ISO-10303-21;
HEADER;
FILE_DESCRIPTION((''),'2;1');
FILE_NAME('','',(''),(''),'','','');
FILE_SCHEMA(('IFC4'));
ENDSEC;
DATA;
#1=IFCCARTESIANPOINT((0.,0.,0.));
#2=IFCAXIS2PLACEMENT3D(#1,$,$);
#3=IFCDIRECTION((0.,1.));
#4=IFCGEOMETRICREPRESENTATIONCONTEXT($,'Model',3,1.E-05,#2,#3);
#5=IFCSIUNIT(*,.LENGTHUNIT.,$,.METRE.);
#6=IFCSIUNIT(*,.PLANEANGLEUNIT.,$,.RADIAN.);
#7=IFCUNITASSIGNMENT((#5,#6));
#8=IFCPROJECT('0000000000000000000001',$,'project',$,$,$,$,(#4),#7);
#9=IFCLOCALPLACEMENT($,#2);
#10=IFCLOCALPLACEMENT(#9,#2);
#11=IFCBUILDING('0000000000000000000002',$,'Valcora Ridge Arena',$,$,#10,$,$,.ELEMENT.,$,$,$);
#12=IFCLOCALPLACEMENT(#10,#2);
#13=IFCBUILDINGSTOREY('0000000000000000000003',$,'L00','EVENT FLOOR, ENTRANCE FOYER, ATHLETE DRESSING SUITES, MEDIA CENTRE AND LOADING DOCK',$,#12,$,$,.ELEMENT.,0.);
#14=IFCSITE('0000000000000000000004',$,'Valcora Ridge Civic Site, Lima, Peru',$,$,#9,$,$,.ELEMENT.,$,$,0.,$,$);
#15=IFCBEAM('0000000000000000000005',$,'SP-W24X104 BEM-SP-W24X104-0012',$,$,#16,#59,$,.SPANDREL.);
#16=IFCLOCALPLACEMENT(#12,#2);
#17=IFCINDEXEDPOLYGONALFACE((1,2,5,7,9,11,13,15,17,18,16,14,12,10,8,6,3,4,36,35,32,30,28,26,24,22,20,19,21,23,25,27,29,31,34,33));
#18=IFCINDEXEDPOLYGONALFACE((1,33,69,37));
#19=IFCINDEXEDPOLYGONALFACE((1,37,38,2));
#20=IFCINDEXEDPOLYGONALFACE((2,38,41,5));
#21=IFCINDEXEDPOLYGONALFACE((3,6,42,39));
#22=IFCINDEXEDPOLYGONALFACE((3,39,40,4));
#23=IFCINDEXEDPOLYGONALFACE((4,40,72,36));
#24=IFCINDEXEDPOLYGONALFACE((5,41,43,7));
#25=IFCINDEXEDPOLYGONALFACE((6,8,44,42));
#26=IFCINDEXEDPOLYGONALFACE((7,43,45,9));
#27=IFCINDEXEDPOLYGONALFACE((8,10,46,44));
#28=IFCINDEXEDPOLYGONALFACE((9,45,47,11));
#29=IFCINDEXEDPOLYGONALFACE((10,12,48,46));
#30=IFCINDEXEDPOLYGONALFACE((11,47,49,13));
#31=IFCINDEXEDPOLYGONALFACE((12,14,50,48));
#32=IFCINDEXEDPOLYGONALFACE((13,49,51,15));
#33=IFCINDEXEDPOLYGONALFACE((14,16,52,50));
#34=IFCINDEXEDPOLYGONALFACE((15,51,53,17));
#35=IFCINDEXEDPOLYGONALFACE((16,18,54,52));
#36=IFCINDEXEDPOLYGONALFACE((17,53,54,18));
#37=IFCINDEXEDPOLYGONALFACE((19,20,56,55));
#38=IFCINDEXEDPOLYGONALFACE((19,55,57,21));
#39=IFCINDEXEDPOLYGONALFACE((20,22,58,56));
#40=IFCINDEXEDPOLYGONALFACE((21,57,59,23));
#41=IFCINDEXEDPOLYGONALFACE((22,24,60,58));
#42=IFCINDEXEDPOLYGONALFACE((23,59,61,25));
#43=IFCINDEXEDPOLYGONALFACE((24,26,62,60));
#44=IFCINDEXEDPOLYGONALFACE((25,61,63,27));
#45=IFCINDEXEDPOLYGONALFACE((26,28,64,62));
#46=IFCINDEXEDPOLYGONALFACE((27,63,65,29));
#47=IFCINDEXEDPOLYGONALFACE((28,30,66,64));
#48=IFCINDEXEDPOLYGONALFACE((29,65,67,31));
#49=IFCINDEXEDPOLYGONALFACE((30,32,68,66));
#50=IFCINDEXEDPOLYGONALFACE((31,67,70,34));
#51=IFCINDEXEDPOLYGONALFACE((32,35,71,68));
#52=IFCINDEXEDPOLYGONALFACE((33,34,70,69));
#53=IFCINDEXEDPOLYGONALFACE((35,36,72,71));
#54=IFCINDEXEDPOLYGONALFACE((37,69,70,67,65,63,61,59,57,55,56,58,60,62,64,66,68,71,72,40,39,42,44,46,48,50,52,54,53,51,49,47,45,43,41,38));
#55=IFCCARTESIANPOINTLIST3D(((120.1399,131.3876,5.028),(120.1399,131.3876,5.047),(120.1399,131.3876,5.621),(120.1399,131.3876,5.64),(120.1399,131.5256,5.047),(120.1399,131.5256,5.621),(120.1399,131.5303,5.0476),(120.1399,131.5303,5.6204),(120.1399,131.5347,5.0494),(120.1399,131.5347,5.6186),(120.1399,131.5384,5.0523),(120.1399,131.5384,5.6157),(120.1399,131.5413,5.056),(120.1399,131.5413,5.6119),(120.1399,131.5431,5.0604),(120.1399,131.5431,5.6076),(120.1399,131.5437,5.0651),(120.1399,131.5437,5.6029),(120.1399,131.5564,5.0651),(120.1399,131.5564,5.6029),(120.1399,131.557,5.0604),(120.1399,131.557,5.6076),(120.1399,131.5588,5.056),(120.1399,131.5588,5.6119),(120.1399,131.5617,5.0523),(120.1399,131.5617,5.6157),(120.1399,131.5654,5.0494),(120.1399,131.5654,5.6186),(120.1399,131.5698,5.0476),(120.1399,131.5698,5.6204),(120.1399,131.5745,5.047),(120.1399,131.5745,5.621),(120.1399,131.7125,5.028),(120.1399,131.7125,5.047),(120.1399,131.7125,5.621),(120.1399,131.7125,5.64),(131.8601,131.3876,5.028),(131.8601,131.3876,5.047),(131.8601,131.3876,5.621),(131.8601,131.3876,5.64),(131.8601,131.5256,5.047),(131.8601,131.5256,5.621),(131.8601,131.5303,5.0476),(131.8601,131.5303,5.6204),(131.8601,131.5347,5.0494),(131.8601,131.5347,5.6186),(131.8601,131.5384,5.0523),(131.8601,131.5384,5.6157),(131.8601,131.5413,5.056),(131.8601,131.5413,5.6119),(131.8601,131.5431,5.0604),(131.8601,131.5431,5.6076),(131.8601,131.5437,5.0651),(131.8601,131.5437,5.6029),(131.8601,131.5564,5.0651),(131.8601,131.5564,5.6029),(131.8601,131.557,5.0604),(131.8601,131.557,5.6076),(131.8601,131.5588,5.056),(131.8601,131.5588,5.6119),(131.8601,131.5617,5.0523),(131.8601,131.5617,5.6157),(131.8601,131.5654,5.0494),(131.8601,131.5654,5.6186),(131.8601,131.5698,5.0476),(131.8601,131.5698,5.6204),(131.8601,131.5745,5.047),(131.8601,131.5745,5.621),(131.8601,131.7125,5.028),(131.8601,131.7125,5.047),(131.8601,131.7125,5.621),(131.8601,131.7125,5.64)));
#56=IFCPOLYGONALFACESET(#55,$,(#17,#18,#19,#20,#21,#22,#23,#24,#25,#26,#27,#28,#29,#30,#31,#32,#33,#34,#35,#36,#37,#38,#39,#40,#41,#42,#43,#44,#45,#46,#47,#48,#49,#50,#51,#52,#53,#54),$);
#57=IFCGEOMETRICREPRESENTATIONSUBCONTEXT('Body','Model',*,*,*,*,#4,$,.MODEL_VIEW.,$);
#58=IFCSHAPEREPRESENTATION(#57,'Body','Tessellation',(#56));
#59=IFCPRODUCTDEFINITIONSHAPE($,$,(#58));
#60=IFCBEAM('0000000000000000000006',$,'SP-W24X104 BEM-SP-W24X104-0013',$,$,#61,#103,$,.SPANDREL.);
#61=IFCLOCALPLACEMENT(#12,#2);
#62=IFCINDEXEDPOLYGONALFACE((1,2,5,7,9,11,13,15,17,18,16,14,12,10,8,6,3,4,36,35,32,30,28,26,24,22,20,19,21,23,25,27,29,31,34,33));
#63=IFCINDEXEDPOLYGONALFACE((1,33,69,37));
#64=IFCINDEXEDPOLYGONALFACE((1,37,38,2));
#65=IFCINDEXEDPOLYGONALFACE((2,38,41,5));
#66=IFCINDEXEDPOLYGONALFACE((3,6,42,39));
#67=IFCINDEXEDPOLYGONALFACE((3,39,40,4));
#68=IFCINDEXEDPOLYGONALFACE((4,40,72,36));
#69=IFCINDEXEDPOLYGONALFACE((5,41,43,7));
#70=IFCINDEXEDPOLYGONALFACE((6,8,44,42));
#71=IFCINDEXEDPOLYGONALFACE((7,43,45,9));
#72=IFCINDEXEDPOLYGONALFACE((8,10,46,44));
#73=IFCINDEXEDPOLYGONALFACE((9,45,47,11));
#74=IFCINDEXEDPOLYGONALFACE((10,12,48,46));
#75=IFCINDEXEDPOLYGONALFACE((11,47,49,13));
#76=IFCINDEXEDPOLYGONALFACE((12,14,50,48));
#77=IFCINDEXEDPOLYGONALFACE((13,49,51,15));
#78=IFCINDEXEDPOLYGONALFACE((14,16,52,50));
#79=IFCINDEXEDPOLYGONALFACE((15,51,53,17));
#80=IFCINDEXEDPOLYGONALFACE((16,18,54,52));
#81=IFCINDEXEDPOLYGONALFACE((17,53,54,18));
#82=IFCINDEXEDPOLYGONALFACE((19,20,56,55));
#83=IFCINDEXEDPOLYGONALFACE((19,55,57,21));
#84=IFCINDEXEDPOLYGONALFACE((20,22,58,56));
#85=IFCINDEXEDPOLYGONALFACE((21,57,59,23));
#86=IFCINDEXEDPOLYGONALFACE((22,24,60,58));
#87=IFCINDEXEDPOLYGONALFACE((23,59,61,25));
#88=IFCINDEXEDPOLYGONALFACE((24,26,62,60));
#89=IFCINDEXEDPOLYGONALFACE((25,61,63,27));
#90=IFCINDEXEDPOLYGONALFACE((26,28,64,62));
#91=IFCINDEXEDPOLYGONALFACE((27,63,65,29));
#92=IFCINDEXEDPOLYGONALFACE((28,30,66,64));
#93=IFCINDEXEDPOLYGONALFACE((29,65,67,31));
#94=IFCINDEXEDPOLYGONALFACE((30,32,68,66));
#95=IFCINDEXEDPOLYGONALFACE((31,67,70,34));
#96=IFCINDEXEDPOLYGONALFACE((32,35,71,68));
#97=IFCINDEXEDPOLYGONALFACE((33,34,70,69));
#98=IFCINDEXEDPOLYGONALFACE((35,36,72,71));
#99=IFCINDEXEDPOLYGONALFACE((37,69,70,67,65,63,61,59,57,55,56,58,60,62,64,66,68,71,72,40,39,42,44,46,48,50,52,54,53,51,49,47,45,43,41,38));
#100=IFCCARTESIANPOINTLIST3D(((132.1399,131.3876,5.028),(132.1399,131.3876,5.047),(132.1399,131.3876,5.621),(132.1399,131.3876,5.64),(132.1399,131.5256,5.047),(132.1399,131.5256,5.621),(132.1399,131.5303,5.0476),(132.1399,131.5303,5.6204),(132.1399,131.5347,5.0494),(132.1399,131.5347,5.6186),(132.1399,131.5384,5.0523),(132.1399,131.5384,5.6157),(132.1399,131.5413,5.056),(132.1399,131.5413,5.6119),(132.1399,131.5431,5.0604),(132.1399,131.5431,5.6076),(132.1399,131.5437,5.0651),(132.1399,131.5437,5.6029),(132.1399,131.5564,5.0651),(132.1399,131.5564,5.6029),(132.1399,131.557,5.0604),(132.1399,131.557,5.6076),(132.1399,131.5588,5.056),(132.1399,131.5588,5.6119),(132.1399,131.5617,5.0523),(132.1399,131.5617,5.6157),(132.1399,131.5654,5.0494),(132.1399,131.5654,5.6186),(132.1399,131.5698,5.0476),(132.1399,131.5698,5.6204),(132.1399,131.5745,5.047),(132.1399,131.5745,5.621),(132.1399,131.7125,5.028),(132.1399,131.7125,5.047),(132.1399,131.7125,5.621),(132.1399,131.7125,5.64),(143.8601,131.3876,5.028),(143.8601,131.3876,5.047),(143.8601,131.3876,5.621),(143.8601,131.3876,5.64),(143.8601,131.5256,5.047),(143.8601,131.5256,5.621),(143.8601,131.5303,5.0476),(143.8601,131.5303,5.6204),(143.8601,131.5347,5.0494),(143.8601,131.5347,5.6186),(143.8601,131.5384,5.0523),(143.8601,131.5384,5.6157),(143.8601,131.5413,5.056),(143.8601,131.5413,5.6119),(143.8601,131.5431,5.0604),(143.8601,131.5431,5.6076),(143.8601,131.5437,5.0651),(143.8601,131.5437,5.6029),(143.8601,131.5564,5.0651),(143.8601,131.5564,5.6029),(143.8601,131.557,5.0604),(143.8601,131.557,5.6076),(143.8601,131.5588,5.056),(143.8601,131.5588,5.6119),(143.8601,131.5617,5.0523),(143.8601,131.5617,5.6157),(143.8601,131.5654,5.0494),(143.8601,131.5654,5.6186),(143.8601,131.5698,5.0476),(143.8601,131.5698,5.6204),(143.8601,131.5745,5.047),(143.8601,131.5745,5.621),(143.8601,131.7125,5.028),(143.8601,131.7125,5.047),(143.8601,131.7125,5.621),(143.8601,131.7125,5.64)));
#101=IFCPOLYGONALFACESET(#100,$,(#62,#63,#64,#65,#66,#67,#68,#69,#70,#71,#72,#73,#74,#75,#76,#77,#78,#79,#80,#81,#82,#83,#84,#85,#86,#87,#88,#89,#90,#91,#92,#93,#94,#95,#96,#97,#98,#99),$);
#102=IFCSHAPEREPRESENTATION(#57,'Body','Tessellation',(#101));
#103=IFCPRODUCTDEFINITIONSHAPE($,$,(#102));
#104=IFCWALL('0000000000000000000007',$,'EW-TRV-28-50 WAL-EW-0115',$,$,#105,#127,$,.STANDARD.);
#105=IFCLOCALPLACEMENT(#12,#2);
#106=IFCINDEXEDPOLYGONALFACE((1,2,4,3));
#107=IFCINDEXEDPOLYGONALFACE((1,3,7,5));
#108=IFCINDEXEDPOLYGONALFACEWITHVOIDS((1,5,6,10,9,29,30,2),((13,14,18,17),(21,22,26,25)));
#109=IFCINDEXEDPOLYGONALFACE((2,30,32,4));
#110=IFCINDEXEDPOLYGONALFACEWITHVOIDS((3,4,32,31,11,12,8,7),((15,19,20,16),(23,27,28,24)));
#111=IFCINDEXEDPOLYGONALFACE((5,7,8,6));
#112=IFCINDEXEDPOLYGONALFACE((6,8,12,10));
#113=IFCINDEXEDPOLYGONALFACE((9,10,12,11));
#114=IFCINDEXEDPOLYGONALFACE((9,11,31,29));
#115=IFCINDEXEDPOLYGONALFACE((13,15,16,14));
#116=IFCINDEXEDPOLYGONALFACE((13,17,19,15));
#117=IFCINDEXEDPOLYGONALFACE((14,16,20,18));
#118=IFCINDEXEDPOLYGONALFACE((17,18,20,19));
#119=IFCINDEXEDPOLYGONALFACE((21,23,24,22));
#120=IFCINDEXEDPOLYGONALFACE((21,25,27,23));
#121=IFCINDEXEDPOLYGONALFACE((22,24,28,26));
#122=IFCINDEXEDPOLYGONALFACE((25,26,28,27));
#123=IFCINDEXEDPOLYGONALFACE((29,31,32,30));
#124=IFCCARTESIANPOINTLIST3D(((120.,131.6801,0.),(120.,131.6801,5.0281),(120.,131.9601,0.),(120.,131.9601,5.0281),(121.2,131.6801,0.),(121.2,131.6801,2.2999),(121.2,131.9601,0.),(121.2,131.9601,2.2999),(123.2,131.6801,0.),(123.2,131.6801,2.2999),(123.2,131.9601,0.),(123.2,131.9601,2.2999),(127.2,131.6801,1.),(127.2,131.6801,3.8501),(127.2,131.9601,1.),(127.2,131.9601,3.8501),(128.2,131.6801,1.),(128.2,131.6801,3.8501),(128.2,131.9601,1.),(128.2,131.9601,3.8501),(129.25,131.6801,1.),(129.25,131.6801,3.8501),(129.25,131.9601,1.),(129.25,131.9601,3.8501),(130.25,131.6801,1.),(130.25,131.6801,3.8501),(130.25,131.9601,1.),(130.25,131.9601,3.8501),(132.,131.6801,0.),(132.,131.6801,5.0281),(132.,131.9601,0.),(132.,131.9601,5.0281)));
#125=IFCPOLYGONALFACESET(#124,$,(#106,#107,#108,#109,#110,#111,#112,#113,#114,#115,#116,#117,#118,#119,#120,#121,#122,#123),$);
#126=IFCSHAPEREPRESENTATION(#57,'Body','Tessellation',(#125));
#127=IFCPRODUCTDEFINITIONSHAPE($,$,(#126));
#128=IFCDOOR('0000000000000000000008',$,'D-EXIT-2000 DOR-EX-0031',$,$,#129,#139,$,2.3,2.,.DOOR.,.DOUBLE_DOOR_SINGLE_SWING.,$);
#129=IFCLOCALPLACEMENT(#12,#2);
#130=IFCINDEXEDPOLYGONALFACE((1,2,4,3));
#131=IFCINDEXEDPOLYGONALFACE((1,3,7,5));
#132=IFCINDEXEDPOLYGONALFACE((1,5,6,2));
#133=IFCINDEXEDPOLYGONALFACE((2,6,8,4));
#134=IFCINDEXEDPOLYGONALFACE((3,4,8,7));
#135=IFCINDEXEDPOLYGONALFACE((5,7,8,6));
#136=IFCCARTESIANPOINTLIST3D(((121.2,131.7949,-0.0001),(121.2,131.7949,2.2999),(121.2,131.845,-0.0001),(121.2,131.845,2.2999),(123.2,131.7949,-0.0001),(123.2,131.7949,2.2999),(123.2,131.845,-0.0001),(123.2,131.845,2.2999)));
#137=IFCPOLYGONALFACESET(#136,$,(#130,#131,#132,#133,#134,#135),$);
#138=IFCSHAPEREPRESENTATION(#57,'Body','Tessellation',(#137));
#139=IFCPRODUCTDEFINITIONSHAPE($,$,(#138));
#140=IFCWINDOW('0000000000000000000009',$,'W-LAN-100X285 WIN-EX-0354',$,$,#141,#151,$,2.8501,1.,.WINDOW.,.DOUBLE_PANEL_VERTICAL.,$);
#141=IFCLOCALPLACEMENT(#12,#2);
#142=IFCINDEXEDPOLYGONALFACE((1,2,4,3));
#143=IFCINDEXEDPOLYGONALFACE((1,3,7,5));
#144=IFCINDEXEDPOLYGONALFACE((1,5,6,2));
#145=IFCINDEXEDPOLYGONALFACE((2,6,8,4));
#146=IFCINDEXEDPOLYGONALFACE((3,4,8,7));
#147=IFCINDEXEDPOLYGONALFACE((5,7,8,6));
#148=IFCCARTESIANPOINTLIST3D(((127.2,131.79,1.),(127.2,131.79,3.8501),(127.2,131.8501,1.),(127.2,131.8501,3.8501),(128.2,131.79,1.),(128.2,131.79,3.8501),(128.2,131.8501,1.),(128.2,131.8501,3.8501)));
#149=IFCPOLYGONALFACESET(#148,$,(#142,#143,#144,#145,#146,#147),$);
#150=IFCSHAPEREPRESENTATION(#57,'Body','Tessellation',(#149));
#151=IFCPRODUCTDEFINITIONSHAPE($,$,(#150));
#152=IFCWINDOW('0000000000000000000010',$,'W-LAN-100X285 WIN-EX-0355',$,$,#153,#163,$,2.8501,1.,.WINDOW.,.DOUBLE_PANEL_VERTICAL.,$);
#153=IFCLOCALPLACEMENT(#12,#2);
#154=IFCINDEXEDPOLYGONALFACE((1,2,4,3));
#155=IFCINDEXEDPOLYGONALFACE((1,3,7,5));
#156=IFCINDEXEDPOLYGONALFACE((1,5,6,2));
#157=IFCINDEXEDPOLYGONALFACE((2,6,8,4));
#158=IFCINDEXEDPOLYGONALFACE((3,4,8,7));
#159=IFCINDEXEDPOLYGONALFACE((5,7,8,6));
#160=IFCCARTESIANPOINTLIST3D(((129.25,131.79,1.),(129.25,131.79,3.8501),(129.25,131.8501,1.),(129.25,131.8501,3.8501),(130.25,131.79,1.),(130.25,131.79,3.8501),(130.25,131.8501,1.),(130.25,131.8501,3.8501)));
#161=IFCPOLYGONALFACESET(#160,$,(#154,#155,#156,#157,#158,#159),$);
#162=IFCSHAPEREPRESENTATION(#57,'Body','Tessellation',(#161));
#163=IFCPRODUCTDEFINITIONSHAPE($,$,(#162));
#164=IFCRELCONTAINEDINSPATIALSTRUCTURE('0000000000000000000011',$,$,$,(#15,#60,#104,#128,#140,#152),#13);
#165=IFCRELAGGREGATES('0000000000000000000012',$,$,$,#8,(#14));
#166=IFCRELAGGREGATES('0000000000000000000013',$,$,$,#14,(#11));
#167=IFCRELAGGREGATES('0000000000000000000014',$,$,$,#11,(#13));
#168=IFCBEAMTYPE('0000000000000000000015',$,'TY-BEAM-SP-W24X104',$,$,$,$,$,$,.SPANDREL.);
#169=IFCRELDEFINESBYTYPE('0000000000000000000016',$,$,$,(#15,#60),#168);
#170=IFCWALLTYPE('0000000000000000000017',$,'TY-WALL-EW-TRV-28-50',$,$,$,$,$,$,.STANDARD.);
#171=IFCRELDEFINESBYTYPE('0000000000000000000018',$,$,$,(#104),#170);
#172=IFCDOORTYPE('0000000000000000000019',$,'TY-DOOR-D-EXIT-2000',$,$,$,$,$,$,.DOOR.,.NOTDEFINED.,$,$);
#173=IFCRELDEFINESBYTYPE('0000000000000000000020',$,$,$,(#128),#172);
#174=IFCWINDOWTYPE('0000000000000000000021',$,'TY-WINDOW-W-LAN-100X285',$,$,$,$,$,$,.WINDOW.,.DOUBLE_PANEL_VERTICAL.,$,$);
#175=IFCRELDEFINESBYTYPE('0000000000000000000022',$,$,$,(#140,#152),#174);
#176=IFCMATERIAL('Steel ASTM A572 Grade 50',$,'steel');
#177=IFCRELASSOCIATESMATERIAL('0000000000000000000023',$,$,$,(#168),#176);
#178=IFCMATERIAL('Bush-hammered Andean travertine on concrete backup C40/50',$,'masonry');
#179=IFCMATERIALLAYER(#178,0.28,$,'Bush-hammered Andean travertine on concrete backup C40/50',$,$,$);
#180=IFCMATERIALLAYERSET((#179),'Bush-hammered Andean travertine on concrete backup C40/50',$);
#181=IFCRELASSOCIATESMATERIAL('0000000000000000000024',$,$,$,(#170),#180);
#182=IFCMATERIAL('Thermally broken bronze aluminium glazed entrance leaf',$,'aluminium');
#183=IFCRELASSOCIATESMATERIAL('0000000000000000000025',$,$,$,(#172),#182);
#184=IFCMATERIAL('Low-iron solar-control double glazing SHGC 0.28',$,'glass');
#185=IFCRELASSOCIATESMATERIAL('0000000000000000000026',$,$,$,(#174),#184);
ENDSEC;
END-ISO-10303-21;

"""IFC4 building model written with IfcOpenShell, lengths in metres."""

from ifc_helpers import new_model, si_unit, direction, frame, frame_2d, origin, origin_2d, place, context, subcontext, project, spatial, rectangle, i_section, extrude, material, layer, layer_set, material_profile, profile_set, type_object, element, fill, save


model = new_model("IFC4")

# Units and contexts
model_context = context("Model", 3, precision=1e-05, world=origin(), true_north=direction((0.0, 1.0)))
body_context = subcontext(model_context, "Body", "Model", "MODEL_VIEW")
ifc_project = project(units=[si_unit("LENGTHUNIT", "METRE"), si_unit("PLANEANGLEUNIT", "RADIAN")], contexts=[model_context])

# Site, building, storey
site_placement = place(None, origin())
site = spatial("IfcSite", under=ifc_project, at=site_placement, Name="Valcora Ridge Civic Site, Lima, Peru", CompositionType="ELEMENT", RefElevation=0.0)
building_placement = place(site_placement, origin())
building = spatial("IfcBuilding", under=site, at=building_placement, Name="Valcora Ridge Arena", CompositionType="ELEMENT")
storey_placement = place(building_placement, origin())
storey = spatial("IfcBuildingStorey", under=building, at=storey_placement, Name="L00", Description="EVENT FLOOR, ENTRANCE FOYER, ATHLETE DRESSING SUITES, MEDIA CENTRE AND LOADING DOCK", CompositionType="ELEMENT", Elevation=0.0)

# Beams
ifc_material_1 = material(Name="Steel ASTM A572 Grade 50", Category="steel")
ifc_material_profile_1 = material_profile(ifc_material_1, i_section(OverallWidth=0.325, OverallDepth=0.6121, WebThickness=0.0127, FlangeThickness=0.019, FilletRadius=0.0181, at=origin_2d()), Name="W24X104")
ifc_profile_set_1 = profile_set([ifc_material_profile_1], Name="Steel ASTM A572 Grade 50")
beam_type_1 = type_object("IfcBeamType", Name="TY-BEAM-SP-W24X104", PredefinedType="SPANDREL", material=ifc_profile_set_1)
for number, where, z_axis, x_axis, name in (
    (1, (120.1399, 131.55, 5.334), (1.0, 0.0, 0.0), (0.0, 1.0, 0.0), "SP-W24X104 BEM-SP-W24X104-0012"),
    (2, (132.1399, 131.55, 5.334), (1.0, 0.0, 0.0), (0.0, 1.0, 0.0), "SP-W24X104 BEM-SP-W24X104-0013"),
):
    element("IfcBeam", number, at=place(storey_placement, frame(where, z_axis=z_axis, x_axis=x_axis)), inside=storey, type_object=beam_type_1, Name=name, PredefinedType="SPANDREL", context=body_context, shape_type="SweptSolid", body=[
        extrude(i_section(OverallWidth=0.325, OverallDepth=0.6121, WebThickness=0.0127, FlangeThickness=0.019, FilletRadius=0.0181, at=origin_2d()), origin(), (0.0, 0.0, 1.0), 11.7202),
    ])

# Wall, openings, door, windows
ifc_material_2 = material(Name="Bush-hammered Andean travertine on concrete backup C40/50", Category="masonry")
ifc_layer_1 = layer(ifc_material_2, 0.28, Name="Bush-hammered Andean travertine on concrete backup C40/50")
ifc_layer_set_1 = layer_set([ifc_layer_1], Name="Bush-hammered Andean travertine on concrete backup C40/50")
wall_type = type_object("IfcWallType", Name="TY-WALL-EW-TRV-28-50", PredefinedType="STANDARD", material=ifc_layer_set_1)
wall_1_placement = place(storey_placement, frame((120.0, 131.8201, 0.0), z_axis=(0.0, 0.0, 1.0), x_axis=(1.0, 0.0, 0.0)))
wall_1 = element("IfcWall", 3, at=wall_1_placement, inside=storey, type_object=wall_type, Name="EW-TRV-28-50 WAL-EW-0115", PredefinedType="STANDARD", context=body_context, shape_type="SweptSolid", body=[
    extrude(rectangle(XDim=12.0, YDim=0.28, at=frame_2d((6.0, 0.0))), origin(), (0.0, 0.0, 1.0), 5.0281),
])
opening_1_placement = place(wall_1_placement, frame((1.2, 0.0, 0.0)))
opening_1 = element("IfcOpeningElement", 4, at=opening_1_placement, cuts=wall_1, PredefinedType="OPENING", context=body_context, shape_type="SweptSolid", body=[
    extrude(rectangle(XDim=2.0, YDim=2.3, at=frame_2d((1.0, 1.1499))), frame((0.0, 0.1499, 0.0), z_axis=(0.0, -1.0, 0.0), x_axis=(1.0, 0.0, 0.0)), (0.0, 0.0, 1.0), 0.3),
])
opening_2_placement = place(wall_1_placement, frame((7.2, 0.0, 1.0)))
opening_2 = element("IfcOpeningElement", 5, at=opening_2_placement, cuts=wall_1, PredefinedType="OPENING", context=body_context, shape_type="SweptSolid", body=[
    extrude(rectangle(XDim=1.0, YDim=2.8501, at=frame_2d((0.5, 1.425))), frame((0.0, 0.1499, 0.0), z_axis=(0.0, -1.0, 0.0), x_axis=(1.0, 0.0, 0.0)), (0.0, 0.0, 1.0), 0.3),
])
opening_3_placement = place(wall_1_placement, frame((9.25, 0.0, 1.0)))
opening_3 = element("IfcOpeningElement", 6, at=opening_3_placement, cuts=wall_1, PredefinedType="OPENING", context=body_context, shape_type="SweptSolid", body=[
    extrude(rectangle(XDim=1.0, YDim=2.8501, at=frame_2d((0.5, 1.425))), frame((0.0, 0.1499, 0.0), z_axis=(0.0, -1.0, 0.0), x_axis=(1.0, 0.0, 0.0)), (0.0, 0.0, 1.0), 0.3),
])
ifc_material_3 = material(Name="Thermally broken bronze aluminium glazed entrance leaf", Category="aluminium")
door_type = type_object("IfcDoorType", Name="TY-DOOR-D-EXIT-2000", OperationType="NOTDEFINED", PredefinedType="DOOR", material=ifc_material_3)
door_1_placement = place(opening_1_placement, origin())
door_1 = element("IfcDoor", 7, at=door_1_placement, inside=storey, type_object=door_type, Name="D-EXIT-2000 DOR-EX-0031", OperationType="DOUBLE_DOOR_SINGLE_SWING", OverallHeight=2.3, OverallWidth=2.0, PredefinedType="DOOR", context=body_context, shape_type="SweptSolid", body=[
    extrude(rectangle(XDim=2.0, YDim=2.3, at=frame_2d((1.0, 1.1499))), frame((0.0, 0.0249, 0.0), z_axis=(0.0, -1.0, 0.0), x_axis=(1.0, 0.0, 0.0)), (0.0, 0.0, 1.0), 0.05),
])
fill(opening_1, door_1)
ifc_material_4 = material(Name="Low-iron solar-control double glazing SHGC 0.28", Category="glass")
window_type = type_object("IfcWindowType", Name="TY-WINDOW-W-LAN-100X285", PartitioningType="DOUBLE_PANEL_VERTICAL", PredefinedType="WINDOW", material=ifc_material_4)
window_1_placement = place(opening_2_placement, origin())
window_1 = element("IfcWindow", 8, at=window_1_placement, inside=storey, type_object=window_type, Name="W-LAN-100X285 WIN-EX-0354", OverallHeight=2.8501, OverallWidth=1.0, PartitioningType="DOUBLE_PANEL_VERTICAL", PredefinedType="WINDOW", context=body_context, shape_type="SweptSolid", body=[
    extrude(rectangle(XDim=1.0, YDim=2.8501, at=frame_2d((0.5, 1.425))), frame((0.0, 0.03, 0.0), z_axis=(0.0, -1.0, 0.0), x_axis=(1.0, 0.0, 0.0)), (0.0, 0.0, 1.0), 0.0601),
])
fill(opening_2, window_1)
window_2_placement = place(opening_3_placement, origin())
window_2 = element("IfcWindow", 9, at=window_2_placement, inside=storey, type_object=window_type, Name="W-LAN-100X285 WIN-EX-0355", OverallHeight=2.8501, OverallWidth=1.0, PartitioningType="DOUBLE_PANEL_VERTICAL", PredefinedType="WINDOW", context=body_context, shape_type="SweptSolid", body=[
    extrude(rectangle(XDim=1.0, YDim=2.8501, at=frame_2d((0.5, 1.425))), frame((0.0, 0.03, 0.0), z_axis=(0.0, -1.0, 0.0), x_axis=(1.0, 0.0, 0.0)), (0.0, 0.0, 1.0), 0.0601),
])
fill(opening_3, window_2)

save(model, "model.ifc")
